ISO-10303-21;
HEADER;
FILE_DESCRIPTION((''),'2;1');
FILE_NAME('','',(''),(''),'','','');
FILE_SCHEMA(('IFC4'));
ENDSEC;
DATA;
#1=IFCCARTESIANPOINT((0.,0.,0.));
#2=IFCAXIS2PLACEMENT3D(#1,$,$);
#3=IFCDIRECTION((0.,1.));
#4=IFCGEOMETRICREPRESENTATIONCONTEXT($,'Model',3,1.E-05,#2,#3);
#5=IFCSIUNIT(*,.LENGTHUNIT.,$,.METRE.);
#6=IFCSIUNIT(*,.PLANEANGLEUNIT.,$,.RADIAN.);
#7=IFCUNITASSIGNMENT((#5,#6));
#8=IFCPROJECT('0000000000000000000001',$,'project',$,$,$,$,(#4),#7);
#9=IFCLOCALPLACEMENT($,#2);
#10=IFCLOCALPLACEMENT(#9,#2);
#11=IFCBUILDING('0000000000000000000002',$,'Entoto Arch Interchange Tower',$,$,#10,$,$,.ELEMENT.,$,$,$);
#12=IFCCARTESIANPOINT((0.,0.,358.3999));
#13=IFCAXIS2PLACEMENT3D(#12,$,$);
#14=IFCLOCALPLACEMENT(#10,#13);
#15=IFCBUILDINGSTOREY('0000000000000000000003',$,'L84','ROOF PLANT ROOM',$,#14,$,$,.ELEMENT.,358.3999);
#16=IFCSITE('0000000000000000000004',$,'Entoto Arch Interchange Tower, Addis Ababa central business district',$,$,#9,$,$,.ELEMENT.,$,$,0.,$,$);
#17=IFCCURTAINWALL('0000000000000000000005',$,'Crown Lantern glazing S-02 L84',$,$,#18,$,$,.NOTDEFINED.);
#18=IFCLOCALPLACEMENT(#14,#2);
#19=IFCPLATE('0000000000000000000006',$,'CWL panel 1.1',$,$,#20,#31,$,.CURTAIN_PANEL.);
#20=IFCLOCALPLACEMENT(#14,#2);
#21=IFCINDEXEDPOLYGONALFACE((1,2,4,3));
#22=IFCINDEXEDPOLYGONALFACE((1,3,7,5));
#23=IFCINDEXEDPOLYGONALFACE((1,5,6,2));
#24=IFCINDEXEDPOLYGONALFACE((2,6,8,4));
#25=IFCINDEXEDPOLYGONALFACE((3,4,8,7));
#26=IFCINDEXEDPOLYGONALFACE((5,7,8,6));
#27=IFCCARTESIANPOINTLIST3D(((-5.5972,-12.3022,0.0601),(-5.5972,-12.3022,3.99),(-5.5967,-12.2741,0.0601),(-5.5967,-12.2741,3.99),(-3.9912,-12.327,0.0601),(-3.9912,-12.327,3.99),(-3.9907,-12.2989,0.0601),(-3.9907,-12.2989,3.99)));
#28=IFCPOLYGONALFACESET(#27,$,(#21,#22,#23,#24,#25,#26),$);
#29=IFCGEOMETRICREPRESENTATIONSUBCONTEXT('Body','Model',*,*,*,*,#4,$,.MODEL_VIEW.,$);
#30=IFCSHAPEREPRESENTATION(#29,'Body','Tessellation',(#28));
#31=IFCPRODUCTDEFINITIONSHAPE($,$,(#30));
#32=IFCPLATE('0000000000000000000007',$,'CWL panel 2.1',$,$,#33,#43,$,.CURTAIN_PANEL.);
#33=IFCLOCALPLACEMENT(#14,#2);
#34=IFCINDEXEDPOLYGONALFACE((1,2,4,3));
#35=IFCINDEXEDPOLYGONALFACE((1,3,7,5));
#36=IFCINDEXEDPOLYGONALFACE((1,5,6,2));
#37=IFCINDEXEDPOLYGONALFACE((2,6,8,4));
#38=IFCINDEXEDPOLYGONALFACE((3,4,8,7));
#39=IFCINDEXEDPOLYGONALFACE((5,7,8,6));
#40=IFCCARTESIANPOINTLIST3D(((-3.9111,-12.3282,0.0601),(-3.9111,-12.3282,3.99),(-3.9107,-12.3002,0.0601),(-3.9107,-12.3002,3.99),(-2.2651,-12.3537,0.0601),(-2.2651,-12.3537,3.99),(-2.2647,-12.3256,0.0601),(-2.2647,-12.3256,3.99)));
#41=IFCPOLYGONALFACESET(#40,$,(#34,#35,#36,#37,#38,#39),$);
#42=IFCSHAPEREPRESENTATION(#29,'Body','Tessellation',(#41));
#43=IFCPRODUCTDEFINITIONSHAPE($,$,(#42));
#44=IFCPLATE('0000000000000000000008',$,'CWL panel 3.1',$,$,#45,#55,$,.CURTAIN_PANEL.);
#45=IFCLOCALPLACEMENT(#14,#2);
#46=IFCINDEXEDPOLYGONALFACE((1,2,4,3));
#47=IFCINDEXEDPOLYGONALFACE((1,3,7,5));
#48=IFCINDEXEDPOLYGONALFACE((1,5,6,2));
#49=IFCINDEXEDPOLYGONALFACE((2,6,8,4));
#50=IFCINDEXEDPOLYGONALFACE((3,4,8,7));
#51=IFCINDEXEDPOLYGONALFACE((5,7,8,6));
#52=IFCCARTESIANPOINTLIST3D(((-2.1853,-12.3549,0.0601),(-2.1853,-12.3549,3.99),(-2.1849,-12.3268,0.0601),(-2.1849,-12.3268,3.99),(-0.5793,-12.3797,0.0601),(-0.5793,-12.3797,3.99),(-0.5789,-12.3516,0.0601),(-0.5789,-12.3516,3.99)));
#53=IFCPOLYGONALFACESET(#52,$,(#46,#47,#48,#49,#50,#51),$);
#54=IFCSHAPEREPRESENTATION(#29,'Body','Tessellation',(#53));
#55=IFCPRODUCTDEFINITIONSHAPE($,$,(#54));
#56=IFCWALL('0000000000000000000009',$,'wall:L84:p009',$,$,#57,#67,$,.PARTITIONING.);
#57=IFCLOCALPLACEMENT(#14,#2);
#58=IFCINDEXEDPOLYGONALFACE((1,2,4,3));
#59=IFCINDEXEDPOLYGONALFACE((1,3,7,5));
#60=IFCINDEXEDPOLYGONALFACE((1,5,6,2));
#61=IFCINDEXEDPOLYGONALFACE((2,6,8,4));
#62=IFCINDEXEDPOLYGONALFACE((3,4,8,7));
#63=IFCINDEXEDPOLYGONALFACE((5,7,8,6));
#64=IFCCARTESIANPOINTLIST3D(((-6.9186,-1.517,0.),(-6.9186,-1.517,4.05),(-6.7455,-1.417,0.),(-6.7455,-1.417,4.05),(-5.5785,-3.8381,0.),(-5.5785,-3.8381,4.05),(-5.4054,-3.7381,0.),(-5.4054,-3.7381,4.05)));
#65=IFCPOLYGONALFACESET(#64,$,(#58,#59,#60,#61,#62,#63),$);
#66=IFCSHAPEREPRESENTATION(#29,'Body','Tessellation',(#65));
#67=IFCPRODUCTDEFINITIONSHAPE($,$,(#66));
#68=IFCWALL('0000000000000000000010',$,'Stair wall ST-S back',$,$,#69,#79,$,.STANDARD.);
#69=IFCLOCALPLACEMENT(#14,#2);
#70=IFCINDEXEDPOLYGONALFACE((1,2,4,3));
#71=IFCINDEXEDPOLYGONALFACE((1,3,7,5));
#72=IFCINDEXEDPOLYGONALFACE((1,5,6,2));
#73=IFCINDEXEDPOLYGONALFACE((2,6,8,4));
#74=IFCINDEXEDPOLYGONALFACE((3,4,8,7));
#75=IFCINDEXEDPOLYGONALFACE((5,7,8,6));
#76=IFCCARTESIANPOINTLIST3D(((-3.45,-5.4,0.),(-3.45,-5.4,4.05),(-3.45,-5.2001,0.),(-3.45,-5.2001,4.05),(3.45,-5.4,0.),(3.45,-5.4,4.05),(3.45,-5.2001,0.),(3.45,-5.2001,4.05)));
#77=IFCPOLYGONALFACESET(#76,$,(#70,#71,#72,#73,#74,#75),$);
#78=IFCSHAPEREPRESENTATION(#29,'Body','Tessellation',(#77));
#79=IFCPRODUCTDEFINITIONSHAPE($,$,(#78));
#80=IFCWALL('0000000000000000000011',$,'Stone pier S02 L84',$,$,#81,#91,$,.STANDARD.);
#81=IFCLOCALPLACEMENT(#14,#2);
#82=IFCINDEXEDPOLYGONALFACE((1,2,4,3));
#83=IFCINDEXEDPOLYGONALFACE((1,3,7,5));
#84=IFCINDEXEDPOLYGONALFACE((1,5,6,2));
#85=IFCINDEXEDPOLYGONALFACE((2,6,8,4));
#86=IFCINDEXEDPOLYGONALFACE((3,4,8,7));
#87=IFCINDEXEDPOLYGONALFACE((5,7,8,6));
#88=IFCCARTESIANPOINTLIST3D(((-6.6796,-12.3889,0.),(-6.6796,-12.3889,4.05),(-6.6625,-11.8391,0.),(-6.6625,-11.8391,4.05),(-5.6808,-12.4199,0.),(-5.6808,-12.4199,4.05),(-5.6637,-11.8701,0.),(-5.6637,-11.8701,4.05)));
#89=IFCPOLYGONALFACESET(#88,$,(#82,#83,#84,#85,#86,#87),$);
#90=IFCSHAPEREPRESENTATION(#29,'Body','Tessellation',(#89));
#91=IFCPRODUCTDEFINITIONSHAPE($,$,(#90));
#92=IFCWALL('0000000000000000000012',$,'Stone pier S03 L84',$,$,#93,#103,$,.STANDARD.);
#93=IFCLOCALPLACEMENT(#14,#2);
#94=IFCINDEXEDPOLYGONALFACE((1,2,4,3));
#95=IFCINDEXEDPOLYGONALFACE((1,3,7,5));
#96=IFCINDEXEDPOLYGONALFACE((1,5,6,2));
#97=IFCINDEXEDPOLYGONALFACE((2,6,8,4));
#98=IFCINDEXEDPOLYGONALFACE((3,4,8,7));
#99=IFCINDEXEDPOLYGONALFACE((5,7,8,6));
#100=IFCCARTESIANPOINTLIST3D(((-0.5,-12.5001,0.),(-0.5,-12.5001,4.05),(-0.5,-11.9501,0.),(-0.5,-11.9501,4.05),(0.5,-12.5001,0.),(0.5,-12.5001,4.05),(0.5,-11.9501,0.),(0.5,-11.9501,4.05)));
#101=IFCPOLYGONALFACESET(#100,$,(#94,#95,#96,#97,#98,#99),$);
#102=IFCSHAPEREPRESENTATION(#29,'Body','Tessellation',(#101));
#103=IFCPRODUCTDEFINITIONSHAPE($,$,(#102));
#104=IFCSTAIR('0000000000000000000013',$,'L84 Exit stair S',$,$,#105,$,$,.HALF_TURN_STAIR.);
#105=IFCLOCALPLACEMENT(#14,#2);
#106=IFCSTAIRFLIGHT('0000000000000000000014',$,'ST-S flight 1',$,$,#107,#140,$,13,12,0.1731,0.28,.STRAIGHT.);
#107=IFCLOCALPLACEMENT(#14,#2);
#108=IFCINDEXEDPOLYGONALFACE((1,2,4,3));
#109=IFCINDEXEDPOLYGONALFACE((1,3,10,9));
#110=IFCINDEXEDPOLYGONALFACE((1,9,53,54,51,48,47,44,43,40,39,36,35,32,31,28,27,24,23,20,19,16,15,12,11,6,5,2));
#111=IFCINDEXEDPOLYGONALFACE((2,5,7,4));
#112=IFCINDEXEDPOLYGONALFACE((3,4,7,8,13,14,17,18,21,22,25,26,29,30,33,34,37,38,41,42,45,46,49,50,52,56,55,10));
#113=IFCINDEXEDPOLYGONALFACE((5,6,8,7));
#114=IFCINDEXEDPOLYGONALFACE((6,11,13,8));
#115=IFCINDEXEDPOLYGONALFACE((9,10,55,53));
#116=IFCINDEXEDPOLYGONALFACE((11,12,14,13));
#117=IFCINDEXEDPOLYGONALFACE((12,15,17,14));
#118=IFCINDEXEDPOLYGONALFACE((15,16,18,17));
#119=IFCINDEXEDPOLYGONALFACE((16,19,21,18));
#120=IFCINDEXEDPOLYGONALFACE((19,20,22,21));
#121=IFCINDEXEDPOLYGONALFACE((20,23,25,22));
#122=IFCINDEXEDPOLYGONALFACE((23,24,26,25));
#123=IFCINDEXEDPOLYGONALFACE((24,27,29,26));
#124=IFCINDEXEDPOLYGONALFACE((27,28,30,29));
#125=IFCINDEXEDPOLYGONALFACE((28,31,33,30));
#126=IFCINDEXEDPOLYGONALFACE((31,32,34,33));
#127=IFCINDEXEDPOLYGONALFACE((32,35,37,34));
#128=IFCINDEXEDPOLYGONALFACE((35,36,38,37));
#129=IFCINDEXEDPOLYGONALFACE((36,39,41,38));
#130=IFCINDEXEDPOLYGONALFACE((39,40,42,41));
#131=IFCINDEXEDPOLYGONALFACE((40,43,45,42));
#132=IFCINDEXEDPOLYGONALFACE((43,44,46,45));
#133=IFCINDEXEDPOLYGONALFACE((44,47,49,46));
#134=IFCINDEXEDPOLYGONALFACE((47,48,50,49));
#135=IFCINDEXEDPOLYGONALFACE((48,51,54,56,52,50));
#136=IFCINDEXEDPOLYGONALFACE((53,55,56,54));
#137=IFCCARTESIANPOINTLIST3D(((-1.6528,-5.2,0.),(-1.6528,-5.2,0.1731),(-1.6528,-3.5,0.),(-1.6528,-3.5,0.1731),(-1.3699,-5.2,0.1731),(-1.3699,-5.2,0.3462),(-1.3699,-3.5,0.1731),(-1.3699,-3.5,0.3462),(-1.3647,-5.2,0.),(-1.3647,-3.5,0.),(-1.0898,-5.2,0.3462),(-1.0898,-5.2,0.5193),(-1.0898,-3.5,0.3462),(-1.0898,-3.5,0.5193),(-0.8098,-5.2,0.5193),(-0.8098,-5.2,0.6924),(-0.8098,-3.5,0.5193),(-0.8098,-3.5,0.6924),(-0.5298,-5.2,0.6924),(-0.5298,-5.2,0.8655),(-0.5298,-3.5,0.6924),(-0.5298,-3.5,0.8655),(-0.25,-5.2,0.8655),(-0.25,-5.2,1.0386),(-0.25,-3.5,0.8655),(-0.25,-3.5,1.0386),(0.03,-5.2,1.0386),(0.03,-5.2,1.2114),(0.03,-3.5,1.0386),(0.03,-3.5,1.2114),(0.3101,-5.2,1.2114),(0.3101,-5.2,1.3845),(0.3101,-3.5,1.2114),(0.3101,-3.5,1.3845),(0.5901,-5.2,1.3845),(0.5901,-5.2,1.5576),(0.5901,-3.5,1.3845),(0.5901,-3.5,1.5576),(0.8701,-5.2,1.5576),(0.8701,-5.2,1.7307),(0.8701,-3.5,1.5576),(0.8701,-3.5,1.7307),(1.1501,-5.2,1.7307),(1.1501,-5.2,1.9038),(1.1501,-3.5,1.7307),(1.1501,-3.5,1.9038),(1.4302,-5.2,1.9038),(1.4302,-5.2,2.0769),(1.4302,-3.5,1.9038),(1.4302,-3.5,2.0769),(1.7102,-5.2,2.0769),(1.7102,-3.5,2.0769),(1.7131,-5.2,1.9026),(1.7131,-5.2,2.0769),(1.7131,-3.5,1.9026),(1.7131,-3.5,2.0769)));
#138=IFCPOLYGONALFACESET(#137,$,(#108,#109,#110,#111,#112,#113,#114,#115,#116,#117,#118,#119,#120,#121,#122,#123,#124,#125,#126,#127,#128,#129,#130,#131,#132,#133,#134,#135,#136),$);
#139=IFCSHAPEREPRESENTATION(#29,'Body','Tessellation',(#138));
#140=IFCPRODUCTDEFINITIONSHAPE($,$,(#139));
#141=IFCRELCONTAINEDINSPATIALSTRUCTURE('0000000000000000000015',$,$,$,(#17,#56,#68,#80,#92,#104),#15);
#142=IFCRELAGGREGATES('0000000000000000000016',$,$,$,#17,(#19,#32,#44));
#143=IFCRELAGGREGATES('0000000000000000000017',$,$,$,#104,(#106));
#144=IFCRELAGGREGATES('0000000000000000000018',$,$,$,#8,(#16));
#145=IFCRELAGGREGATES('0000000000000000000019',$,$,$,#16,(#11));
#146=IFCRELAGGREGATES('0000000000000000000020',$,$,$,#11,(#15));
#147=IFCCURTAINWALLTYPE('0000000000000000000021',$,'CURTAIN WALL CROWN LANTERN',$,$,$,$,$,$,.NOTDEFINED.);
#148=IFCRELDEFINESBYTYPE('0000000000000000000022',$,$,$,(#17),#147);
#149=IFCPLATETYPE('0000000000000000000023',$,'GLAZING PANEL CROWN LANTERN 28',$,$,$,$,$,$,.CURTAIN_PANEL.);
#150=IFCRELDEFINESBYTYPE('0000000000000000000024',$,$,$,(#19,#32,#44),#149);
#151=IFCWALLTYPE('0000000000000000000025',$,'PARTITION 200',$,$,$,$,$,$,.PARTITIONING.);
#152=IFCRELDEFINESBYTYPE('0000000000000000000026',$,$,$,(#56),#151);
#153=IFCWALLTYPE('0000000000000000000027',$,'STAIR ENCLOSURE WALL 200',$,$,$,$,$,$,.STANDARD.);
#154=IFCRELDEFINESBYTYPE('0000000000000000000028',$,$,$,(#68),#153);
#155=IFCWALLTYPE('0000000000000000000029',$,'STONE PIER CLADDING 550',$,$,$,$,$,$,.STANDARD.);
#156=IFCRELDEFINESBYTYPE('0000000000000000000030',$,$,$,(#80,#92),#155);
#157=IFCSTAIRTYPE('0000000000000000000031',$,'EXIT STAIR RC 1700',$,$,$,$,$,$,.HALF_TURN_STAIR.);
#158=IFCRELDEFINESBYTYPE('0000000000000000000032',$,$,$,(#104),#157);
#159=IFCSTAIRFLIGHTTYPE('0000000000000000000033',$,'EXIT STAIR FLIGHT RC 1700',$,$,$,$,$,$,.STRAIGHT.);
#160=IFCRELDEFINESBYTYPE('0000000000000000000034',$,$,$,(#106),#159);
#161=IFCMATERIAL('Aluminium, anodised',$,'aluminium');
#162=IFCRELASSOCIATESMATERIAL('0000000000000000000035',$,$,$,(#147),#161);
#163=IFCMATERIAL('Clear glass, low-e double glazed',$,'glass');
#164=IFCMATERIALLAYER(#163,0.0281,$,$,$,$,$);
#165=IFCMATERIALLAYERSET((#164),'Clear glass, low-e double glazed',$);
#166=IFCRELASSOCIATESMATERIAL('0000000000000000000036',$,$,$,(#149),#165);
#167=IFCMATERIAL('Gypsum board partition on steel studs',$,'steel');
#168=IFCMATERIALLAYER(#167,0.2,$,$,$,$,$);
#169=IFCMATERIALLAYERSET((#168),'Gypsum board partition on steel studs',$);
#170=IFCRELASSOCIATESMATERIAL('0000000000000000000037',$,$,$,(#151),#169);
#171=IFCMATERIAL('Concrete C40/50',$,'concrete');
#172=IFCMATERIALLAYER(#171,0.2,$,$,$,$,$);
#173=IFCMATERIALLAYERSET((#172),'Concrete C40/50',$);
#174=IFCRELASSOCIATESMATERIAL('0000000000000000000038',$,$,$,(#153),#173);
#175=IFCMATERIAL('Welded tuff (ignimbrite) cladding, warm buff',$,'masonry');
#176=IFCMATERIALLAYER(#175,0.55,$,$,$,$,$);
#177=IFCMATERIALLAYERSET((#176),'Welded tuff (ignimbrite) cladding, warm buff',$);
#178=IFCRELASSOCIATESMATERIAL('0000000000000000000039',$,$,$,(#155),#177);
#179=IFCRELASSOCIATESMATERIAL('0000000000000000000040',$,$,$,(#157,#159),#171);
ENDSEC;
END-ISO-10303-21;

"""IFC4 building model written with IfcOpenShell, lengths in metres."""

from ifc_helpers import new_model, si_unit, direction, frame, frame_2d, origin, origin_2d, place, context, subcontext, project, spatial, polyline, rectangle, outline, extrude, material, layer, layer_set, type_object, element, aggregate, save


model = new_model("IFC4")

# Units and contexts
model_context = context("Model", 3, precision=1e-05, world=origin(), true_north=direction((0.0, 1.0)))
body_context = subcontext(model_context, "Body", "Model", "MODEL_VIEW")
ifc_project = project(units=[si_unit("LENGTHUNIT", "METRE"), si_unit("PLANEANGLEUNIT", "RADIAN")], contexts=[model_context])

# Site, building, storey
site_placement = place(None, origin())
site = spatial("IfcSite", under=ifc_project, at=site_placement, Name="Entoto Arch Interchange Tower, Addis Ababa central business district", CompositionType="ELEMENT", RefElevation=0.0)
building_placement = place(site_placement, origin())
building = spatial("IfcBuilding", under=site, at=building_placement, Name="Entoto Arch Interchange Tower", CompositionType="ELEMENT")
storey_placement = place(building_placement, frame((0.0, 0.0, 358.3999)))
storey = spatial("IfcBuildingStorey", under=building, at=storey_placement, Name="L84", Description="ROOF PLANT ROOM", CompositionType="ELEMENT", Elevation=358.3999)

# Shared definitions
ifc_material_1 = material(Name="Concrete C40/50", Category="concrete")

# Shared definitions
ifc_material_2 = material(Name="Aluminium, anodised", Category="aluminium")
curtain_wall_type = type_object("IfcCurtainWallType", Name="CURTAIN WALL CROWN LANTERN", PredefinedType="NOTDEFINED", material=ifc_material_2)

# Curtain wall
curtain_wall_1_placement = place(storey_placement, origin())
curtain_wall_1 = element("IfcCurtainWall", 1, at=curtain_wall_1_placement, inside=storey, type_object=curtain_wall_type, Name="Crown Lantern glazing S-02 L84", PredefinedType="NOTDEFINED")

# Plates
ifc_material_3 = material(Name="Clear glass, low-e double glazed", Category="glass")
ifc_layer_1 = layer(ifc_material_3, 0.0281)
ifc_layer_set_1 = layer_set([ifc_layer_1], Name="Clear glass, low-e double glazed")
plate_type = type_object("IfcPlateType", Name="GLAZING PANEL CROWN LANTERN 28", PredefinedType="CURTAIN_PANEL", material=ifc_layer_set_1)
plate_1_placement = place(storey_placement, frame((-4.7939, -12.3005, 0.0601), z_axis=(0.0, 0.0, 1.0), x_axis=(0.999881, -0.015448, 0.0)))
plate_1 = element("IfcPlate", 2, at=plate_1_placement, type_object=plate_type, Name="CWL panel 1.1", PredefinedType="CURTAIN_PANEL", context=body_context, shape_type="SweptSolid", body=[
    extrude(rectangle(XDim=1.6062, YDim=0.0281, at=origin_2d()), origin(), (0.0, 0.0, 1.0), 3.9299),
])
plate_2_placement = place(storey_placement, frame((-3.0879, -12.3269, 0.0601), z_axis=(0.0, 0.0, 1.0), x_axis=(0.999881, -0.015448, 0.0)))
plate_2 = element("IfcPlate", 3, at=plate_2_placement, type_object=plate_type, Name="CWL panel 2.1", PredefinedType="CURTAIN_PANEL", context=body_context, shape_type="SweptSolid", body=[
    extrude(rectangle(XDim=1.6462, YDim=0.0281, at=origin_2d()), origin(), (0.0, 0.0, 1.0), 3.9299),
])
plate_3_placement = place(storey_placement, frame((-1.3821, -12.3533, 0.0601), z_axis=(0.0, 0.0, 1.0), x_axis=(0.999881, -0.015448, 0.0)))
plate_3 = element("IfcPlate", 4, at=plate_3_placement, type_object=plate_type, Name="CWL panel 3.1", PredefinedType="CURTAIN_PANEL", context=body_context, shape_type="SweptSolid", body=[
    extrude(rectangle(XDim=1.6062, YDim=0.0281, at=origin_2d()), origin(), (0.0, 0.0, 1.0), 3.9299),
])
aggregate(curtain_wall_1, [plate_1, plate_2, plate_3])

# Walls
ifc_material_4 = material(Name="Gypsum board partition on steel studs", Category="steel")
ifc_layer_2 = layer(ifc_material_4, 0.2)
ifc_layer_set_2 = layer_set([ifc_layer_2], Name="Gypsum board partition on steel studs")
wall_type_1 = type_object("IfcWallType", Name="PARTITION 200", PredefinedType="PARTITIONING", material=ifc_layer_set_2)
wall_1_placement = place(storey_placement, frame((-5.4919, -3.7881, 0.0), z_axis=(0.0, 0.0, 1.0), x_axis=(-0.500009, 0.86602, 0.0)))
element("IfcWall", 5, at=wall_1_placement, inside=storey, type_object=wall_type_1, Name="wall:L84:p009", PredefinedType="PARTITIONING", context=body_context, shape_type="SweptSolid", body=[
    extrude(rectangle(XDim=2.6802, YDim=0.2, at=frame_2d((1.3401, 0.0))), origin(), (0.0, 0.0, 1.0), 4.05),
])
ifc_layer_3 = layer(ifc_material_1, 0.2)
ifc_layer_set_3 = layer_set([ifc_layer_3], Name="Concrete C40/50")
wall_type_2 = type_object("IfcWallType", Name="STAIR ENCLOSURE WALL 200", PredefinedType="STANDARD", material=ifc_layer_set_3)
wall_2_placement = place(storey_placement, frame((-3.45, -5.3, 0.0), z_axis=(0.0, 0.0, 1.0), x_axis=(1.0, 0.0, 0.0)))
element("IfcWall", 6, at=wall_2_placement, inside=storey, type_object=wall_type_2, Name="Stair wall ST-S back", PredefinedType="STANDARD", context=body_context, shape_type="SweptSolid", body=[
    extrude(rectangle(XDim=6.8999, YDim=0.2, at=frame_2d((3.45, 0.0))), origin(), (0.0, 0.0, 1.0), 4.05),
])
ifc_material_5 = material(Name="Welded tuff (ignimbrite) cladding, warm buff", Category="masonry")
ifc_layer_4 = layer(ifc_material_5, 0.55)
ifc_layer_set_4 = layer_set([ifc_layer_4], Name="Welded tuff (ignimbrite) cladding, warm buff")
wall_type_3 = type_object("IfcWallType", Name="STONE PIER CLADDING 550", PredefinedType="STANDARD", material=ifc_layer_set_4)
wall_3_placement = place(storey_placement, frame((-6.6709, -12.114, 0.0), z_axis=(0.0, 0.0, 1.0), x_axis=(0.999518, -0.031029, 0.0)))
element("IfcWall", 7, at=wall_3_placement, inside=storey, type_object=wall_type_3, Name="Stone pier S02 L84", PredefinedType="STANDARD", context=body_context, shape_type="SweptSolid", body=[
    extrude(rectangle(XDim=0.9993, YDim=0.55, at=frame_2d((0.4995, 0.0))), origin(), (0.0, 0.0, 1.0), 4.05),
])
wall_4_placement = place(storey_placement, frame((-0.5, -12.2251, 0.0), z_axis=(0.0, 0.0, 1.0), x_axis=(1.0, 0.0, 0.0)))
element("IfcWall", 8, at=wall_4_placement, inside=storey, type_object=wall_type_3, Name="Stone pier S03 L84", PredefinedType="STANDARD", context=body_context, shape_type="SweptSolid", body=[
    extrude(rectangle(XDim=1.0, YDim=0.55, at=frame_2d((0.5, 0.0))), origin(), (0.0, 0.0, 1.0), 4.05),
])

# Stair, stair flight
stair_type = type_object("IfcStairType", Name="EXIT STAIR RC 1700", PredefinedType="HALF_TURN_STAIR", material=ifc_material_1)
stair_placement = place(storey_placement, origin())
stair = element("IfcStair", 9, at=stair_placement, inside=storey, type_object=stair_type, Name="L84 Exit stair S", PredefinedType="HALF_TURN_STAIR")
stair_flight_type = type_object("IfcStairFlightType", Name="EXIT STAIR FLIGHT RC 1700", PredefinedType="STRAIGHT", material=ifc_material_1)
stair_flight_placement = place(storey_placement, frame((-1.6499, -4.3501, 0.0), z_axis=(0.0, 0.0, 1.0), x_axis=(1.0, 0.0, 0.0)))
stair_flight = element("IfcStairFlight", 10, at=stair_flight_placement, type_object=stair_flight_type, Name="ST-S flight 1", NumberOfRisers=13, NumberOfTreads=12, PredefinedType="STRAIGHT", RiserHeight=0.1731, TreadLength=0.28, context=body_context, shape_type="SweptSolid", body=[
    extrude(outline(polyline([(-0.0029, 0.0), (-0.0029, 0.1731), (0.28, 0.1731), (0.28, 0.3462), (0.5601, 0.3462), (0.5601, 0.5193), (0.8401, 0.5193), (0.8401, 0.6924), (1.1201, 0.6924), (1.1201, 0.8655), (1.3999, 0.8655), (1.3999, 1.0386), (1.6799, 1.0386), (1.6799, 1.2114), (1.96, 1.2114), (1.96, 1.3845), (2.24, 1.3845), (2.24, 1.5576), (2.52, 1.5576), (2.52, 1.7307), (2.8, 1.7307), (2.8, 1.9038), (3.0801, 1.9038), (3.0801, 2.0769), (3.3601, 2.0769), (3.363, 2.0769), (3.363, 1.9026), (0.2852, 0.0), (-0.0029, 0.0)])), frame((0.0, 0.8501, 0.0), z_axis=(0.0, -1.0, 0.0), x_axis=(1.0, 0.0, 0.0)), (0.0, 0.0, 1.0), 1.7),
])
aggregate(stair, [stair_flight])

save(model, "model.ifc")
